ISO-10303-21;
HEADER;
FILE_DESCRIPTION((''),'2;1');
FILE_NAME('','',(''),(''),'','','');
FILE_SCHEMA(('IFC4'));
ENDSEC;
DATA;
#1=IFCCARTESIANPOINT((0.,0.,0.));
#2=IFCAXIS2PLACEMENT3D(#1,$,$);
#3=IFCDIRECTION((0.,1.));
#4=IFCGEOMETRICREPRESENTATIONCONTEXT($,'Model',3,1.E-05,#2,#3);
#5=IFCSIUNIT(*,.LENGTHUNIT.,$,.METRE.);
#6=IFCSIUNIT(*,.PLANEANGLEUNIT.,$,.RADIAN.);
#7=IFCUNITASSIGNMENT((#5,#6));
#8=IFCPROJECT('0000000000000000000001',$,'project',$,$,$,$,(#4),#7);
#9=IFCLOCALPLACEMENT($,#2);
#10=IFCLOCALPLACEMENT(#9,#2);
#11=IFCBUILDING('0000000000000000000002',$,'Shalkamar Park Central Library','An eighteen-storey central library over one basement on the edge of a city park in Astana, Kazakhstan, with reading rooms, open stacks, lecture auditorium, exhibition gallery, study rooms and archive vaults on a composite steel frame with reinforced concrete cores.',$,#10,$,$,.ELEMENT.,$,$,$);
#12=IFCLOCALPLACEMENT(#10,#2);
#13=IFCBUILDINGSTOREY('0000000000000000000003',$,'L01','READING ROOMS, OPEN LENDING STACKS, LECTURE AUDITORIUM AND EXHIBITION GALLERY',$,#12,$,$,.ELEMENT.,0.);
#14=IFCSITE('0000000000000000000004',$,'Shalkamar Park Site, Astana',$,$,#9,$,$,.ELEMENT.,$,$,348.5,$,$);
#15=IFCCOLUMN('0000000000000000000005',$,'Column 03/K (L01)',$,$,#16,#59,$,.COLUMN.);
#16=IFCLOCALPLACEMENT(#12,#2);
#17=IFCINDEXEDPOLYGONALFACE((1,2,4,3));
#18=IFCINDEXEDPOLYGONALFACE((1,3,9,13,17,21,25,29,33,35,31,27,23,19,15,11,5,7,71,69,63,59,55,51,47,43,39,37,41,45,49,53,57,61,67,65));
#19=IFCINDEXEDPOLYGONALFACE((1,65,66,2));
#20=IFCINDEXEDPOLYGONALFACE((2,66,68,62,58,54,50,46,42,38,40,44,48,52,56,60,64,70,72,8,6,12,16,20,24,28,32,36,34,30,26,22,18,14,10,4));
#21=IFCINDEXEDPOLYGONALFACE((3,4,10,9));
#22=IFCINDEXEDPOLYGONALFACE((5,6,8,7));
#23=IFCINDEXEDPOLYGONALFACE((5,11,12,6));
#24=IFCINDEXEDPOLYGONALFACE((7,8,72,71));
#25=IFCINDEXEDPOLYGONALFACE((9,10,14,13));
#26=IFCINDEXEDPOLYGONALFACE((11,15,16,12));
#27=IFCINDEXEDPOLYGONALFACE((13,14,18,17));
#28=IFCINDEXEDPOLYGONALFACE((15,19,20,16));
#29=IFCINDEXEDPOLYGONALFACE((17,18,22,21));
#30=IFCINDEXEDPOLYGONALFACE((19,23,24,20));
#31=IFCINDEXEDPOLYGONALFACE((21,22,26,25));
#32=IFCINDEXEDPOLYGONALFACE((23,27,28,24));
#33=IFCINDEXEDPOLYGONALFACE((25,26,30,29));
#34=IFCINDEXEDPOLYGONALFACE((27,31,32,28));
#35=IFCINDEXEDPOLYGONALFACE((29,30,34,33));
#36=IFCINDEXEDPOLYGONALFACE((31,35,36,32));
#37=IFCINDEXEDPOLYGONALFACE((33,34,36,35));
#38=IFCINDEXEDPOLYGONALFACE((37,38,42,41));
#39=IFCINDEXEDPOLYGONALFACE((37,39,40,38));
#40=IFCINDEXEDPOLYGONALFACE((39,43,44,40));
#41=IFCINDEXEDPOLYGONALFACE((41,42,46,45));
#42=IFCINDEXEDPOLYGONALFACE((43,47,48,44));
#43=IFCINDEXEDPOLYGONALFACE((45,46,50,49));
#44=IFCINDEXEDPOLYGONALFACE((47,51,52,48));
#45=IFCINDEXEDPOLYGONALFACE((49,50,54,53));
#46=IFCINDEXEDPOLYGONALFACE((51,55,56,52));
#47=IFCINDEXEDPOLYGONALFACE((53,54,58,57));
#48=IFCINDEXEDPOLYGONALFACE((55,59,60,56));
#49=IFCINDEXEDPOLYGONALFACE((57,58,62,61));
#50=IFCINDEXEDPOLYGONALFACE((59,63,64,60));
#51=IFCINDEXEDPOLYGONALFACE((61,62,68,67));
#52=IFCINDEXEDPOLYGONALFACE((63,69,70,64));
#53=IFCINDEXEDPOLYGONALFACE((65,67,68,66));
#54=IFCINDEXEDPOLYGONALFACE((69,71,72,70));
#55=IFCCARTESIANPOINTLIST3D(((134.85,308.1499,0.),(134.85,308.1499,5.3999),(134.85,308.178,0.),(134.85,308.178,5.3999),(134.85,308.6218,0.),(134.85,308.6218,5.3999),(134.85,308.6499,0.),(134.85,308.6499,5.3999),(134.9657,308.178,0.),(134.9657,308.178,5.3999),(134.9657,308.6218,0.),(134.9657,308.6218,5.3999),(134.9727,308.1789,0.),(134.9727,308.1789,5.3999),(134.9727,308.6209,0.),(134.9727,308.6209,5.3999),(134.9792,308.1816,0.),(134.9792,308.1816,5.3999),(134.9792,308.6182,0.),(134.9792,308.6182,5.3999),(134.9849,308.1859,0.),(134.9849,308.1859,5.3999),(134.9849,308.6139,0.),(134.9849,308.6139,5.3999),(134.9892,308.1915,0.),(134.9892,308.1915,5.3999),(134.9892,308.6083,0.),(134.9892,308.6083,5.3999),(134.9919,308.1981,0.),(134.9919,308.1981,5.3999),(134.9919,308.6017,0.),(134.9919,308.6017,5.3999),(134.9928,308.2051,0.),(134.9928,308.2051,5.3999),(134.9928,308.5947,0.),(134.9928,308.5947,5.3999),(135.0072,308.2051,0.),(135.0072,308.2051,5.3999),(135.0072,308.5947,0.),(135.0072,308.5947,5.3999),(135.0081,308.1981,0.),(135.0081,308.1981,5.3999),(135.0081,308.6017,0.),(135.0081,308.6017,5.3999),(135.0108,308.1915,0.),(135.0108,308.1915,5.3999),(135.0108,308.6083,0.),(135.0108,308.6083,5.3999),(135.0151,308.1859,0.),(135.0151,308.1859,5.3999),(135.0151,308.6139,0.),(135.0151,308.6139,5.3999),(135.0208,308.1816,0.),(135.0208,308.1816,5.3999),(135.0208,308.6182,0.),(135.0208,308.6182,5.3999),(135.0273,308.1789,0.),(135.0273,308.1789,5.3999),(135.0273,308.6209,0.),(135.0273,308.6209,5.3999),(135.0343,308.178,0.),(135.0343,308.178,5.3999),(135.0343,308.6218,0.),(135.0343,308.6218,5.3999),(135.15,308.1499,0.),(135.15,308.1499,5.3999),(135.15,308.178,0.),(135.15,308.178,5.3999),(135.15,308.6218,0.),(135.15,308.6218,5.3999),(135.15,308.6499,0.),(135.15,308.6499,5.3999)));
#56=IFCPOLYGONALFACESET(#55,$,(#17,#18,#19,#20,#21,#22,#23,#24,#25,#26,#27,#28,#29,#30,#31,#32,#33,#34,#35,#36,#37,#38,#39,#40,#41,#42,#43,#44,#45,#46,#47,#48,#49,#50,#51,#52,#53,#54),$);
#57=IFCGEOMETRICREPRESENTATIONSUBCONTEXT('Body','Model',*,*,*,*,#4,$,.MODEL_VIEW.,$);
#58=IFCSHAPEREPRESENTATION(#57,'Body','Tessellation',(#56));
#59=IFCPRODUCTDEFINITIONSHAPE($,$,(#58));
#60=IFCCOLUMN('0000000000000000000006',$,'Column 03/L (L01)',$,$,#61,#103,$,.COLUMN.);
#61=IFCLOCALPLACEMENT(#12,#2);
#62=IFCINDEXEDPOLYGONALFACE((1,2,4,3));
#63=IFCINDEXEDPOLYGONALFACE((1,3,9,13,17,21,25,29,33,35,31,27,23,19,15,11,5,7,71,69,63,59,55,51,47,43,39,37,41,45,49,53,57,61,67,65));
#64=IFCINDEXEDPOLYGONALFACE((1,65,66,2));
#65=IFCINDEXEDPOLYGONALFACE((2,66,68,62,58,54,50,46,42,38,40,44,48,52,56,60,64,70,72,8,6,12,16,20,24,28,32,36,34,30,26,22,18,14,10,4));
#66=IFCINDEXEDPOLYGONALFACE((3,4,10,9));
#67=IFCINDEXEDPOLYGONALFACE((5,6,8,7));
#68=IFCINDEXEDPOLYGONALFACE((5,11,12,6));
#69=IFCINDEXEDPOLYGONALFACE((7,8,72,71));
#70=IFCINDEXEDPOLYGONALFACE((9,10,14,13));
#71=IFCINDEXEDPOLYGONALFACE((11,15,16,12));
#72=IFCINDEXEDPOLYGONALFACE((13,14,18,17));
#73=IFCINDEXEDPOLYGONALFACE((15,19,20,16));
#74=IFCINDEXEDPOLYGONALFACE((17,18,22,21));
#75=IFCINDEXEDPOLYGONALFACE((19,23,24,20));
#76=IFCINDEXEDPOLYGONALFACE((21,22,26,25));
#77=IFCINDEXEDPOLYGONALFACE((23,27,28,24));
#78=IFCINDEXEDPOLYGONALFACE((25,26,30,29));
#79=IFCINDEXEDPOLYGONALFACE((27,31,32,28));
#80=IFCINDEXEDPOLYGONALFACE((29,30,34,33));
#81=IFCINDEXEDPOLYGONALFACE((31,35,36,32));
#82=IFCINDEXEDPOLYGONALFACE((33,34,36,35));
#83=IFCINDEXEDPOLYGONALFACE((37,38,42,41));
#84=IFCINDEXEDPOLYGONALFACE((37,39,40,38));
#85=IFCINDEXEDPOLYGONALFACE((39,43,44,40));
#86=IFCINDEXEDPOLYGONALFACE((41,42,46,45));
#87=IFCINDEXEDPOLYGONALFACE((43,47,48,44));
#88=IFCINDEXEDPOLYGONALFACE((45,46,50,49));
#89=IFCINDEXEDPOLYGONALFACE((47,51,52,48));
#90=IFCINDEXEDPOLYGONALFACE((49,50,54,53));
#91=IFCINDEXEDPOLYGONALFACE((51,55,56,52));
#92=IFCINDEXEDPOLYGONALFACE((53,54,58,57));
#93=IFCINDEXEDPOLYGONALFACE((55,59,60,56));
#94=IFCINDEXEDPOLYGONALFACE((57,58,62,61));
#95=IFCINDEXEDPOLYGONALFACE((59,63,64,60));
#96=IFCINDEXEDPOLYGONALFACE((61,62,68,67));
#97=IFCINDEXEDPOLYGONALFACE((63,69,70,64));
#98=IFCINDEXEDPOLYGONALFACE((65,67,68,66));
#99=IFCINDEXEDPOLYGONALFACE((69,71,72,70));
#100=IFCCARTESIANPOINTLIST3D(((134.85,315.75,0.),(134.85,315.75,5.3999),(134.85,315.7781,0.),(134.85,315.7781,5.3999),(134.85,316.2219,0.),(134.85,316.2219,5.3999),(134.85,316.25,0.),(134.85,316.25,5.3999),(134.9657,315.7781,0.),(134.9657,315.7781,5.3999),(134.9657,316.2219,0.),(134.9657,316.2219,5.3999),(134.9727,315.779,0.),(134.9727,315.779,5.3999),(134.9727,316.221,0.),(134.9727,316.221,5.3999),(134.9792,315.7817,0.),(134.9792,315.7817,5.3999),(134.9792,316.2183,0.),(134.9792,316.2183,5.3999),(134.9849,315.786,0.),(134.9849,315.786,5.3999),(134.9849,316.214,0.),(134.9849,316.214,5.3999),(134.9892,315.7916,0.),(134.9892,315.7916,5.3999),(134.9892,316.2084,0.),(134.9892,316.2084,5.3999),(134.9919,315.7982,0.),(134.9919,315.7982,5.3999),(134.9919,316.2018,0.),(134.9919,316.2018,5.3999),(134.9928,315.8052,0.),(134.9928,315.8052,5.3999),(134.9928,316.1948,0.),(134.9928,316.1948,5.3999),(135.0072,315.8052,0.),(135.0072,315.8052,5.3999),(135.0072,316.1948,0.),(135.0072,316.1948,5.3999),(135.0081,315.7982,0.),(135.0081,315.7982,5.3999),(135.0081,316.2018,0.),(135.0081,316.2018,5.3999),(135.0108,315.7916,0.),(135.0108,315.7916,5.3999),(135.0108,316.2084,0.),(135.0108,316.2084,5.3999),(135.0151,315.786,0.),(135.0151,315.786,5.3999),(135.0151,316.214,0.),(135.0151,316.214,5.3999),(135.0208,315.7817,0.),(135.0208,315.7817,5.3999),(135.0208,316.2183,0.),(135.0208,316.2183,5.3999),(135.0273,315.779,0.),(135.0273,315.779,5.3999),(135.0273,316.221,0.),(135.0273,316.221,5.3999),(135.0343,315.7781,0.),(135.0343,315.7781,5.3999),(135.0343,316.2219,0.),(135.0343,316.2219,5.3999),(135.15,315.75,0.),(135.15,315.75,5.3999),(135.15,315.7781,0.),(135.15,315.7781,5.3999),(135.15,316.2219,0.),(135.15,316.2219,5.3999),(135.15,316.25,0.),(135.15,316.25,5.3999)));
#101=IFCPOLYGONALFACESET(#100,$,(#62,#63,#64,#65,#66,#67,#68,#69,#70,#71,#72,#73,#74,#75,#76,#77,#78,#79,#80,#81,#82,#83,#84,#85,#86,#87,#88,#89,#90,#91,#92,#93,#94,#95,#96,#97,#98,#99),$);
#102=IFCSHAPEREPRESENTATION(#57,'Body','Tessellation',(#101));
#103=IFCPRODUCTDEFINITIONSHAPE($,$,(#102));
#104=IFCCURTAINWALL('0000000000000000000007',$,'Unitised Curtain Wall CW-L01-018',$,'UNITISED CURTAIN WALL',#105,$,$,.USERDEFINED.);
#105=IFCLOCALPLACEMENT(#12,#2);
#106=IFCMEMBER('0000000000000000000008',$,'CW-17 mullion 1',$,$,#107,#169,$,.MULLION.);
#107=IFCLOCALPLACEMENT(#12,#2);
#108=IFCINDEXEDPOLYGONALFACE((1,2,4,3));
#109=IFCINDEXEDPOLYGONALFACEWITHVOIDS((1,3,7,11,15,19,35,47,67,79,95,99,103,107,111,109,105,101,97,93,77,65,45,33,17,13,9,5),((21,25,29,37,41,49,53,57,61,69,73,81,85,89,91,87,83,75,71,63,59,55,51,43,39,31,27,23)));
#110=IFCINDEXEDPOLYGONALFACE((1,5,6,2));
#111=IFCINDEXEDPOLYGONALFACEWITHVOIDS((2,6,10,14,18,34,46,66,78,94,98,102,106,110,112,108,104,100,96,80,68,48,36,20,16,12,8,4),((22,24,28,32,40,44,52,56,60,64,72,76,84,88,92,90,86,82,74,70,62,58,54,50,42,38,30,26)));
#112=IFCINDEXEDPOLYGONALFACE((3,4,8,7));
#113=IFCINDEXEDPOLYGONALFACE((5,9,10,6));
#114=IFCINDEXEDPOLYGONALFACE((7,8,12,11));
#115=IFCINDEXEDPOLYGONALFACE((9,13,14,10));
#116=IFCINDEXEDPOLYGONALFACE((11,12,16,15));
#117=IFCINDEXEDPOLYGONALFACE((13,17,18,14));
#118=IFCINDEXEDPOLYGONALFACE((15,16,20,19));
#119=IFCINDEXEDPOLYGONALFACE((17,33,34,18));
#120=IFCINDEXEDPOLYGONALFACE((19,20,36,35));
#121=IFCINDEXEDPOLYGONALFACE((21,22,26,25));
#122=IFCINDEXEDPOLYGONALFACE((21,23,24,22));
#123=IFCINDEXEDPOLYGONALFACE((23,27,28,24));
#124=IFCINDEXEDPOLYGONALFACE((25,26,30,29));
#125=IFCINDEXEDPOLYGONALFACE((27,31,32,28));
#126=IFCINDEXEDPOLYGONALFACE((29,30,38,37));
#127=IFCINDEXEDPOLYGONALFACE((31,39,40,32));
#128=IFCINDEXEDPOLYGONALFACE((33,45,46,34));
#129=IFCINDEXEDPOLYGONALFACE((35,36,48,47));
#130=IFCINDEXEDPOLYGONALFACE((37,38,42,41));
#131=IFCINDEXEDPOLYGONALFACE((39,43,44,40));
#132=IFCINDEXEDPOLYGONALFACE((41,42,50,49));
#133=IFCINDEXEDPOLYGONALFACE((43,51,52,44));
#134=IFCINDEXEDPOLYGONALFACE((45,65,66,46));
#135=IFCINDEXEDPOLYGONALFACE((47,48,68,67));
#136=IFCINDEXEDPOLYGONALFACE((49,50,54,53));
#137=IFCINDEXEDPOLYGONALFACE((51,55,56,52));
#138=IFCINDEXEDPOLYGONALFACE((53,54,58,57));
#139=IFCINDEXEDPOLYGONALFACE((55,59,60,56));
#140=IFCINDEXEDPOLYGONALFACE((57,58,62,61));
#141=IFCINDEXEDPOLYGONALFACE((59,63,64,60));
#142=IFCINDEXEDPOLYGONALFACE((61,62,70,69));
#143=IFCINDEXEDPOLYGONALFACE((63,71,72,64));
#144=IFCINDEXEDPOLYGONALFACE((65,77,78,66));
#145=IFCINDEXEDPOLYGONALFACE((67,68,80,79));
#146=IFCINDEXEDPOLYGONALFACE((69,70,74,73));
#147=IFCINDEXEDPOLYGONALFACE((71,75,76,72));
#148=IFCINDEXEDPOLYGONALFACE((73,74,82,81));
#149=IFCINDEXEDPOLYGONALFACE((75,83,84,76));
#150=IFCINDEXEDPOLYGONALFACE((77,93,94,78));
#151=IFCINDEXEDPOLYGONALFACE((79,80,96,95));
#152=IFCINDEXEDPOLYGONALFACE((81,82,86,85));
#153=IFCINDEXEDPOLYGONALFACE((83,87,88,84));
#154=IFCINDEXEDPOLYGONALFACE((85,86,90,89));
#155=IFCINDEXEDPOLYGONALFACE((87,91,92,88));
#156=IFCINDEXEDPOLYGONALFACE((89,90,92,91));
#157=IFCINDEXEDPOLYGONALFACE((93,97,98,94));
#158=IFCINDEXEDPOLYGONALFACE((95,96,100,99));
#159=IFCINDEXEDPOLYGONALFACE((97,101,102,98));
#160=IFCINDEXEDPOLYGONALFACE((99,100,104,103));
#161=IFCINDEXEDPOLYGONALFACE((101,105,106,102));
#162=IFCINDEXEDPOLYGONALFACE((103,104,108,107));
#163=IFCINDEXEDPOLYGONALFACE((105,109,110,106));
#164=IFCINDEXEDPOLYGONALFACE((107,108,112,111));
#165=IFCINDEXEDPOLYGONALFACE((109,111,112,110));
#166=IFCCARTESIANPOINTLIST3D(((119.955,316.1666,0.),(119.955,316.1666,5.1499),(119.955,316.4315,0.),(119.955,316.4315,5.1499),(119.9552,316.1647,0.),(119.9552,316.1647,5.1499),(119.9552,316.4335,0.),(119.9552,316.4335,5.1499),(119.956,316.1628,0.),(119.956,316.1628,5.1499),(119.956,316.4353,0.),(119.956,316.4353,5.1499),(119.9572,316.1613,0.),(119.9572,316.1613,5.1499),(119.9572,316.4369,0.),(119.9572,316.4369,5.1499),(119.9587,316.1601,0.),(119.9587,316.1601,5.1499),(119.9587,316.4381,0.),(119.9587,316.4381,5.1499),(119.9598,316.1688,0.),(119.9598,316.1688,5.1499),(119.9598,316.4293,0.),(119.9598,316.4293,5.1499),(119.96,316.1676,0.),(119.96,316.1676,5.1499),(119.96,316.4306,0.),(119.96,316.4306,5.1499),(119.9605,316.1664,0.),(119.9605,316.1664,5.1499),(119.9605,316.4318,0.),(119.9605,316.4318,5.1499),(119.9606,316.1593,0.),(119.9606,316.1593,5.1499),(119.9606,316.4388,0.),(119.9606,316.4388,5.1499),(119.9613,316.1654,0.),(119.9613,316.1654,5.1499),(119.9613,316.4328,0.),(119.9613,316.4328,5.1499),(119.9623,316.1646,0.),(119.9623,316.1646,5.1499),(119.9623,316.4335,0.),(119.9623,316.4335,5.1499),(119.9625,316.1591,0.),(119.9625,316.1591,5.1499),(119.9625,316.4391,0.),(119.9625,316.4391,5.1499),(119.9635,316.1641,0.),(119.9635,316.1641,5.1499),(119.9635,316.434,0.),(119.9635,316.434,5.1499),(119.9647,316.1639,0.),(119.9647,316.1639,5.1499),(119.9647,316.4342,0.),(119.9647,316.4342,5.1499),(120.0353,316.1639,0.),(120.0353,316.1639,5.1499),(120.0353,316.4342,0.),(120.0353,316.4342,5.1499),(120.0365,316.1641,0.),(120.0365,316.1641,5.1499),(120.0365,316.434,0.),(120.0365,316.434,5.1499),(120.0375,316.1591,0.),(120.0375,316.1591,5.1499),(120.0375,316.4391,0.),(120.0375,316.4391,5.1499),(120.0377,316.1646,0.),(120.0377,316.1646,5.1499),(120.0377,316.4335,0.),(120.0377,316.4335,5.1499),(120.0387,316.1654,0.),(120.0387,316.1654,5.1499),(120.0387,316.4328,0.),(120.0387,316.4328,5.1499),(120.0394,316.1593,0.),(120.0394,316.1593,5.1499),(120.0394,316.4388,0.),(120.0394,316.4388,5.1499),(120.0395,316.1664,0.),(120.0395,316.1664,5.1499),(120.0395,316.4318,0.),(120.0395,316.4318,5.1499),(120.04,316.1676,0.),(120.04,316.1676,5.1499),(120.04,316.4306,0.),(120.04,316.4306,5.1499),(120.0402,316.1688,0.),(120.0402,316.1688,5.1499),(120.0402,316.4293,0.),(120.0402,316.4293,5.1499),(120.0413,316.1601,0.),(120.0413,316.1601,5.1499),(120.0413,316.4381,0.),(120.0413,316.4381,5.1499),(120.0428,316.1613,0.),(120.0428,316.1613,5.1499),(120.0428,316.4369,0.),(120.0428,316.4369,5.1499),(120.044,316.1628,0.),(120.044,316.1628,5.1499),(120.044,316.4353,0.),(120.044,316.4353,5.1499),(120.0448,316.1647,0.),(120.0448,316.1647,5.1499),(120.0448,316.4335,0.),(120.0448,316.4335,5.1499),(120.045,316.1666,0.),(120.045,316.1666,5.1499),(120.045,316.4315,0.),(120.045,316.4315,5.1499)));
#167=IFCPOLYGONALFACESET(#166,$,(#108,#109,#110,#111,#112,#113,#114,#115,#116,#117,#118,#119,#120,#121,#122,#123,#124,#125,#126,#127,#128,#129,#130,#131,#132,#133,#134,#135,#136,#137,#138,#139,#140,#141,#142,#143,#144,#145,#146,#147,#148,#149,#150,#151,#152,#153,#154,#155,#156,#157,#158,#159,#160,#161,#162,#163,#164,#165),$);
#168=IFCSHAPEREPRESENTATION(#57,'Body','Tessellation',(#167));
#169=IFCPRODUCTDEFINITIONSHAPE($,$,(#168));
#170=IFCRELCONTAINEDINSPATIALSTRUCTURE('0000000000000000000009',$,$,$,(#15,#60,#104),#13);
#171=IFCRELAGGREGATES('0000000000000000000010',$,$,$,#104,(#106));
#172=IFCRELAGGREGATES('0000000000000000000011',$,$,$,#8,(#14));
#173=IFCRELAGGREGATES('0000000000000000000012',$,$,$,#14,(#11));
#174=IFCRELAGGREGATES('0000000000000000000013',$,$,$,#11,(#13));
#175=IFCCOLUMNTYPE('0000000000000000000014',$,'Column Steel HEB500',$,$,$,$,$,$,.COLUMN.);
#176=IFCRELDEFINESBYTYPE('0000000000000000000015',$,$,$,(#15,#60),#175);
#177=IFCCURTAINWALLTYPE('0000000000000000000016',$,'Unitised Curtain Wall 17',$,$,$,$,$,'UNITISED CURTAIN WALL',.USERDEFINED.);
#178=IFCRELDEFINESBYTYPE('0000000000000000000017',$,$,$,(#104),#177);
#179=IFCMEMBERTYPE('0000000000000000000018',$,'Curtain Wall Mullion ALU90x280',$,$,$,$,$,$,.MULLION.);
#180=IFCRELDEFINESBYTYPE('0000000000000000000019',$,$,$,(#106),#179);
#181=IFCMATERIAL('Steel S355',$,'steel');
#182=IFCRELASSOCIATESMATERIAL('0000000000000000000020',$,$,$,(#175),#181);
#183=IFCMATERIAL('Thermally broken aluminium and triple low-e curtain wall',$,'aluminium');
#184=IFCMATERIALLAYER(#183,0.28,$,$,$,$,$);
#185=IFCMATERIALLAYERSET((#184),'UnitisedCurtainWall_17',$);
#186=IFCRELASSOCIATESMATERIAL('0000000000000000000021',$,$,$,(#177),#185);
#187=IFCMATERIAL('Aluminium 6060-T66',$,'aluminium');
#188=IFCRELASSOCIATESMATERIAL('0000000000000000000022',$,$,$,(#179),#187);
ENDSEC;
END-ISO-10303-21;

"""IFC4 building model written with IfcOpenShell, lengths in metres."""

from ifc_helpers import new_model, si_unit, direction, frame, origin, origin_2d, place, context, subcontext, project, spatial, hollow_rectangle, i_section, extrude, material, layer, layer_set, material_profile, profile_set, type_object, element, aggregate, save


model = new_model("IFC4")

# Units and contexts
model_context = context("Model", 3, precision=1e-05, world=origin(), true_north=direction((0.0, 1.0)))
body_context = subcontext(model_context, "Body", "Model", "MODEL_VIEW")
ifc_project = project(units=[si_unit("LENGTHUNIT", "METRE"), si_unit("PLANEANGLEUNIT", "RADIAN")], contexts=[model_context])

# Site, building, storey
site_placement = place(None, origin())
site = spatial("IfcSite", under=ifc_project, at=site_placement, Name="Shalkamar Park Site, Astana", CompositionType="ELEMENT", RefElevation=348.5)
building_placement = place(site_placement, origin())
building = spatial("IfcBuilding", under=site, at=building_placement, Name="Shalkamar Park Central Library", Description="An eighteen-storey central library over one basement on the edge of a city park in Astana, Kazakhstan, with reading rooms, open stacks, lecture auditorium, exhibition gallery, study rooms and archive vaults on a composite steel frame with reinforced concrete cores.", CompositionType="ELEMENT")
storey_placement = place(building_placement, origin())
storey = spatial("IfcBuildingStorey", under=building, at=storey_placement, Name="L01", Description="READING ROOMS, OPEN LENDING STACKS, LECTURE AUDITORIUM AND EXHIBITION GALLERY", CompositionType="ELEMENT", Elevation=0.0)

# Columns
ifc_material_1 = material(Name="Steel S355", Category="steel")
ifc_material_profile_1 = material_profile(ifc_material_1, i_section(OverallWidth=0.3, OverallDepth=0.5, WebThickness=0.0144, FlangeThickness=0.0281, FilletRadius=0.0271, at=origin_2d()), Name="HEB 500")
ifc_profile_set_1 = profile_set([ifc_material_profile_1], Name="Steel S355")
column_type_1 = type_object("IfcColumnType", Name="Column Steel HEB500", PredefinedType="COLUMN", material=ifc_profile_set_1)
for number, where, z_axis, x_axis, name in (
    (1, (135.0, 308.3999, 0.0), (0.0, 0.0, 1.0), (1.0, 0.0, 0.0), "Column 03/K (L01)"),
    (2, (135.0, 316.0, 0.0), (0.0, 0.0, 1.0), (1.0, 0.0, 0.0), "Column 03/L (L01)"),
):
    element("IfcColumn", number, at=place(storey_placement, frame(where, z_axis=z_axis, x_axis=x_axis)), inside=storey, type_object=column_type_1, Name=name, PredefinedType="COLUMN", context=body_context, shape_type="SweptSolid", body=[
        extrude(i_section(OverallWidth=0.3, OverallDepth=0.5, WebThickness=0.0144, FlangeThickness=0.0281, FilletRadius=0.0271, at=origin_2d()), origin(), (0.0, 0.0, 1.0), 5.3999),
    ])

# Curtain wall, member
ifc_material_2 = material(Name="Thermally broken aluminium and triple low-e curtain wall", Category="aluminium")
ifc_layer_1 = layer(ifc_material_2, 0.28)
ifc_layer_set_1 = layer_set([ifc_layer_1], Name="UnitisedCurtainWall_17")
curtain_wall_type = type_object("IfcCurtainWallType", Name="Unitised Curtain Wall 17", ElementType="UNITISED CURTAIN WALL", PredefinedType="USERDEFINED", material=ifc_layer_set_1)
curtain_wall_placement = place(storey_placement, origin())
curtain_wall = element("IfcCurtainWall", 3, at=curtain_wall_placement, inside=storey, type_object=curtain_wall_type, Name="Unitised Curtain Wall CW-L01-018", ObjectType="UNITISED CURTAIN WALL", PredefinedType="USERDEFINED")
ifc_material_3 = material(Name="Aluminium 6060-T66", Category="aluminium")
ifc_material_profile_2 = material_profile(ifc_material_3, hollow_rectangle(XDim=0.0901, YDim=0.28, WallThickness=0.0049, InnerFilletRadius=0.0049, OuterFilletRadius=0.0076, at=origin_2d()), Name="ALU 90x280x5")
ifc_profile_set_2 = profile_set([ifc_material_profile_2], Name="Aluminium 6060-T66")
member_type_1 = type_object("IfcMemberType", Name="Curtain Wall Mullion ALU90x280", PredefinedType="MULLION", material=ifc_profile_set_2)
member_1_placement = place(storey_placement, frame((120.0, 316.2991, 0.0), z_axis=(0.0, 0.0, 1.0), x_axis=(-1.0, 0.0, 0.0)))
member_1 = element("IfcMember", 4, at=member_1_placement, type_object=member_type_1, Name="CW-17 mullion 1", PredefinedType="MULLION", context=body_context, shape_type="SweptSolid", body=[
    extrude(hollow_rectangle(XDim=0.0901, YDim=0.28, WallThickness=0.0049, InnerFilletRadius=0.0049, OuterFilletRadius=0.0076, at=origin_2d()), origin(), (0.0, 0.0, 1.0), 5.1499),
])
aggregate(curtain_wall, [member_1])

save(model, "model.ifc")
